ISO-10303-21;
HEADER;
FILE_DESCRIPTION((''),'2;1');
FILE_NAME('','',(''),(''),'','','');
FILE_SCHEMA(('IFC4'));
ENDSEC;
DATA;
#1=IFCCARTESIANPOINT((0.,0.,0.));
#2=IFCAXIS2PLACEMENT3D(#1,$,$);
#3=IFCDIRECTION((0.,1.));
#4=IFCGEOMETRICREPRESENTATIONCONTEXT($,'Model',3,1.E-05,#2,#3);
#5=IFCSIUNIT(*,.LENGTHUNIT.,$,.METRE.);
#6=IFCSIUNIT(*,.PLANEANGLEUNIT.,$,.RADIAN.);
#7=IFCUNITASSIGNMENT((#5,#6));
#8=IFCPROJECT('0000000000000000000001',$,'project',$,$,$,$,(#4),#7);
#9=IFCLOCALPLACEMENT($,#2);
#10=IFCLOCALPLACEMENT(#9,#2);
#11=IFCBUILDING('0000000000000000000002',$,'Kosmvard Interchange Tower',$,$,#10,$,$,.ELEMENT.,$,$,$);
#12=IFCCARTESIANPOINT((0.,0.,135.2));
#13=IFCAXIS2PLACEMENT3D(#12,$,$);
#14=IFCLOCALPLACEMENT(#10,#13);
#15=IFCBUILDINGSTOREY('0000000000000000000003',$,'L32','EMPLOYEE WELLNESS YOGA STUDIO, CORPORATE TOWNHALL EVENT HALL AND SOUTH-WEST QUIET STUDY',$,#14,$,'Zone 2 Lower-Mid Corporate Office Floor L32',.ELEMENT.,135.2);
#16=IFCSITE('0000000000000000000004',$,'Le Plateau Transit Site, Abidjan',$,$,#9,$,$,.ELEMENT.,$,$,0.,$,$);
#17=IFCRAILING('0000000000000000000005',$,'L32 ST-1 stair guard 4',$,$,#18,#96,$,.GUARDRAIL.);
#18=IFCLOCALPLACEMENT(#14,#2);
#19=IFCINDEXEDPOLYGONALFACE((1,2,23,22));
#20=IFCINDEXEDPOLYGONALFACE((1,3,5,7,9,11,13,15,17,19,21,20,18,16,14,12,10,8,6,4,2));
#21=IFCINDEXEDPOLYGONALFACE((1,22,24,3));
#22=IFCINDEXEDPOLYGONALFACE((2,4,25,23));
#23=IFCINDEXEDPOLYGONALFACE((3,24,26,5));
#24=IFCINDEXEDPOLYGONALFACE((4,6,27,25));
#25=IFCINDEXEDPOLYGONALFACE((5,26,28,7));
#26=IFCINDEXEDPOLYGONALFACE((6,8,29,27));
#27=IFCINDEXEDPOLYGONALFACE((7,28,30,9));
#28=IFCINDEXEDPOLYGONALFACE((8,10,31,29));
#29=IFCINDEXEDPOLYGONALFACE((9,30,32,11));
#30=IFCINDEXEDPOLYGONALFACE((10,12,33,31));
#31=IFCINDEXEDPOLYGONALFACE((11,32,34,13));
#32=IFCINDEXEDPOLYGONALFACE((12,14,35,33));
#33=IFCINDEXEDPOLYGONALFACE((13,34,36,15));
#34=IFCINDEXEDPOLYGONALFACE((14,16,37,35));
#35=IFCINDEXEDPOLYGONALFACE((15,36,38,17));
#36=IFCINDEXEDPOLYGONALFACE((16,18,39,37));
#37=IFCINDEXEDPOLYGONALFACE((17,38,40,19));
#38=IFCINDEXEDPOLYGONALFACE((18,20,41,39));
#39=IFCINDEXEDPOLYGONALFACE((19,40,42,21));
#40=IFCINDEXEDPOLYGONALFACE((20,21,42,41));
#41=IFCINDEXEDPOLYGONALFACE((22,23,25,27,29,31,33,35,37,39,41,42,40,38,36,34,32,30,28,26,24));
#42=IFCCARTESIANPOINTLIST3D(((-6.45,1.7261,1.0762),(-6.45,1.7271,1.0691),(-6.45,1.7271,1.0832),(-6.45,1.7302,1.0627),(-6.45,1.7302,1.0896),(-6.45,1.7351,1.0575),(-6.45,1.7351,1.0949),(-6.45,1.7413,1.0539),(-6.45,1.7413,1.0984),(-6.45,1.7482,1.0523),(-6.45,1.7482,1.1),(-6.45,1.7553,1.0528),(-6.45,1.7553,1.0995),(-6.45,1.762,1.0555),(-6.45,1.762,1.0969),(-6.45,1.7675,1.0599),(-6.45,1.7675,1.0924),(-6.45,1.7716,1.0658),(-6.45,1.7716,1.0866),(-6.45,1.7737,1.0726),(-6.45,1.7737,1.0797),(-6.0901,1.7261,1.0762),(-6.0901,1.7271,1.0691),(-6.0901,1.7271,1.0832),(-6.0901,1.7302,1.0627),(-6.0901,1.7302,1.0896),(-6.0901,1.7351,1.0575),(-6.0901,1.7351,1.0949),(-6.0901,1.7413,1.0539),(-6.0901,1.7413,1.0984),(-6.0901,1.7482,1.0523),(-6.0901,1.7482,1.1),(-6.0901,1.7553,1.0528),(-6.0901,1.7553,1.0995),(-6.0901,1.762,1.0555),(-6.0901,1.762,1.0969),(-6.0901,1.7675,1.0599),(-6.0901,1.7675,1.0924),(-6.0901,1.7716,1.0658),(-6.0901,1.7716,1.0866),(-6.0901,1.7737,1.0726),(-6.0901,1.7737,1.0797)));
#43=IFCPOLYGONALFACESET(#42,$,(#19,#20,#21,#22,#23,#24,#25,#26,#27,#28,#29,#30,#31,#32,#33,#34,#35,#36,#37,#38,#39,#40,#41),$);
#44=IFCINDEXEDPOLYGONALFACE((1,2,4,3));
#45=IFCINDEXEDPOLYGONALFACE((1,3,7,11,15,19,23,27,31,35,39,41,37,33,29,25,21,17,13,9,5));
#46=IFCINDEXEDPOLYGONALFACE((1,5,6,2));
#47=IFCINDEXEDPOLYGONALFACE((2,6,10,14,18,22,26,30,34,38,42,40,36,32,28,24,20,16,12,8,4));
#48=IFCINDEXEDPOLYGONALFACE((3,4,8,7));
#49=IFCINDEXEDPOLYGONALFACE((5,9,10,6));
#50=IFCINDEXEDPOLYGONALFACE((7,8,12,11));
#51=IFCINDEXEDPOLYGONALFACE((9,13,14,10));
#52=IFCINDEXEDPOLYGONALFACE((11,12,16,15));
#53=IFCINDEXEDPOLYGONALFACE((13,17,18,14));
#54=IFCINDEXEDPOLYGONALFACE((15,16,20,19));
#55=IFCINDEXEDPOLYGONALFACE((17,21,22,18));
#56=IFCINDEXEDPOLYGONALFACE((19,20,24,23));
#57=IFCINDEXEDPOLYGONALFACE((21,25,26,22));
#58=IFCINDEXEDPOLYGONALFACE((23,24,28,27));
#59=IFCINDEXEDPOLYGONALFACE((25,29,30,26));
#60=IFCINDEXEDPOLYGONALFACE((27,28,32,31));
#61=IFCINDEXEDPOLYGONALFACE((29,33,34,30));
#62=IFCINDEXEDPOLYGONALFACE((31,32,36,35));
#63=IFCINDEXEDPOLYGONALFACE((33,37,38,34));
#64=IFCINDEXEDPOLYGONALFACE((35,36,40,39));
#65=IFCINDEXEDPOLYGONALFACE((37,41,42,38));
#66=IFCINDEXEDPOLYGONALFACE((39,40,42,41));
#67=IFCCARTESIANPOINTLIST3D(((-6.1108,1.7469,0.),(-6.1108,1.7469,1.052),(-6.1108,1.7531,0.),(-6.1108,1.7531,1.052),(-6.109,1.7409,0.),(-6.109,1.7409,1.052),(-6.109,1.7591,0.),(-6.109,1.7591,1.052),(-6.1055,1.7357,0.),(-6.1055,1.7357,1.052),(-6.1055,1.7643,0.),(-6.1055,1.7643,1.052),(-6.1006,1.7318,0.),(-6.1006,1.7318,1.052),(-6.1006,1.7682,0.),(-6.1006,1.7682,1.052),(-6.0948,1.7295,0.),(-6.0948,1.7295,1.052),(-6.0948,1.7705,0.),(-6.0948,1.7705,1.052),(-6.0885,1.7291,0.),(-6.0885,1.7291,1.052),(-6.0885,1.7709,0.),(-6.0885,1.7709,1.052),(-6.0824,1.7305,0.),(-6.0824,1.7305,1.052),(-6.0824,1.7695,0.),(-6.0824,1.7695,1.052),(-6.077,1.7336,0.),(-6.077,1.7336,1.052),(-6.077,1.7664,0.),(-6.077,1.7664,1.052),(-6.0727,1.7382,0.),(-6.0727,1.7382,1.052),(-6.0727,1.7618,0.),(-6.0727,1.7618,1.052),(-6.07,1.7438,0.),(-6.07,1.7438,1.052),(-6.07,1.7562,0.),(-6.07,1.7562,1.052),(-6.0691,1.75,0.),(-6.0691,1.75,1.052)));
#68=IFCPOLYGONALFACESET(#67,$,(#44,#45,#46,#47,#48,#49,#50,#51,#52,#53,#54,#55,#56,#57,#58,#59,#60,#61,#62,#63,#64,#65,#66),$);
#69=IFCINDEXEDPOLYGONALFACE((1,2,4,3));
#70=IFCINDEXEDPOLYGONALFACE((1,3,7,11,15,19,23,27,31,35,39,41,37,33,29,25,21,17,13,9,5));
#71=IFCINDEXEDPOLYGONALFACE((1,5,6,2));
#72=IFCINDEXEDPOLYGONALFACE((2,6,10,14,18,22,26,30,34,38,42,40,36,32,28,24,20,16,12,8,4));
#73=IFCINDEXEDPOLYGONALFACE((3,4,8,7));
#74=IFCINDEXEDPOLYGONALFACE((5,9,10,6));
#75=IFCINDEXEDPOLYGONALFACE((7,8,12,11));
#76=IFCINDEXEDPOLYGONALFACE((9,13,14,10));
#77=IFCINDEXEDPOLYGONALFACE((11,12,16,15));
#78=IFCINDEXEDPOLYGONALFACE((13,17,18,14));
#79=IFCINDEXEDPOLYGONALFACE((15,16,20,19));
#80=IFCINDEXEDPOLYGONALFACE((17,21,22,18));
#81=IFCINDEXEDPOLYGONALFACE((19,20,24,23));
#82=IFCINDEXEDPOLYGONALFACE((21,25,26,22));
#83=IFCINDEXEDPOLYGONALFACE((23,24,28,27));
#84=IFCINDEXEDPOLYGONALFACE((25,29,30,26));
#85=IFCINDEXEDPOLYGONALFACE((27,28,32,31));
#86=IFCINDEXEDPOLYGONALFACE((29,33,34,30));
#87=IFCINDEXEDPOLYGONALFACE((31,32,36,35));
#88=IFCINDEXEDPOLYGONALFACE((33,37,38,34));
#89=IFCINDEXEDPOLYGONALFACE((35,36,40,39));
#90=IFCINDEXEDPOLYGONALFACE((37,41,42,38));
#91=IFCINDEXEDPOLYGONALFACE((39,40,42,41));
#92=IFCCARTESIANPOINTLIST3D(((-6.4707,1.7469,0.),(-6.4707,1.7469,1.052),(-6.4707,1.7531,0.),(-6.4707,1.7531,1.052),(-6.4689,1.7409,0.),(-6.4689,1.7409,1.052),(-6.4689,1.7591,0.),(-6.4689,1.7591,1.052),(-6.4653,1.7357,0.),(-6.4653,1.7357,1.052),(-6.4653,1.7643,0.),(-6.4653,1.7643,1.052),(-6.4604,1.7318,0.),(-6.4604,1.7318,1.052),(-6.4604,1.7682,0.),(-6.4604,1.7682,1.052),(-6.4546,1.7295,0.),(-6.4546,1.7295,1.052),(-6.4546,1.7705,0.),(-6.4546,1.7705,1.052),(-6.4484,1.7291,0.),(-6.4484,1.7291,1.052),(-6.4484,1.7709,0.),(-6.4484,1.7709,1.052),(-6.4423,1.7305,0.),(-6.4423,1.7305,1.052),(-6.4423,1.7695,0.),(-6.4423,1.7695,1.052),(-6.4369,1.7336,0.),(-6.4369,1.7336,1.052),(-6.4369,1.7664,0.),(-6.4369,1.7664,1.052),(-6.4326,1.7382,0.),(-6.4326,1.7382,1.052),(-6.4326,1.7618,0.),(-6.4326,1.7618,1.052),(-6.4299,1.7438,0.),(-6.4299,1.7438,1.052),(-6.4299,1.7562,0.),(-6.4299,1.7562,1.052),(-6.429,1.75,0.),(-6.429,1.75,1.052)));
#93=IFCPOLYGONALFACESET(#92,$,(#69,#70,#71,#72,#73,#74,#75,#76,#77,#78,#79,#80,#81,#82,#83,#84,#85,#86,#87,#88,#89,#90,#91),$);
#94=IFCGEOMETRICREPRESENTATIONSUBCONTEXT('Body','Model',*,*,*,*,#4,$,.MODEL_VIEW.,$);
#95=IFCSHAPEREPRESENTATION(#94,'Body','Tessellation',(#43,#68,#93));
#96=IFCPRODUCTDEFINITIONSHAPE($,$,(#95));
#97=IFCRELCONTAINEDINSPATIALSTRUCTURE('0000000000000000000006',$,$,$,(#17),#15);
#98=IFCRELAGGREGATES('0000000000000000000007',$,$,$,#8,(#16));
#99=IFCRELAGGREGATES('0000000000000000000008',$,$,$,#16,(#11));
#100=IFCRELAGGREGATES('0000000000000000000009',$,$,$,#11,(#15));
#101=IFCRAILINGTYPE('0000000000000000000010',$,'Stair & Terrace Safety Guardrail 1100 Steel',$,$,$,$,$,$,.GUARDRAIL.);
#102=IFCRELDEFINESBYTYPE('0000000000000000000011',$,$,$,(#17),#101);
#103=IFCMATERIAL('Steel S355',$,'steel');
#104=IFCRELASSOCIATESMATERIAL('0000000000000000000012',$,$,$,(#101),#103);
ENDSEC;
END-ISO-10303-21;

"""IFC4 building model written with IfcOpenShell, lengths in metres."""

from ifc_helpers import new_model, si_unit, direction, frame, origin, origin_2d, place, context, subcontext, project, spatial, circle, extrude, source, transform, mapped, material, type_object, element, save


model = new_model("IFC4")

# Units and contexts
model_context = context("Model", 3, precision=1e-05, world=origin(), true_north=direction((0.0, 1.0)))
body_context = subcontext(model_context, "Body", "Model", "MODEL_VIEW")
ifc_project = project(units=[si_unit("LENGTHUNIT", "METRE"), si_unit("PLANEANGLEUNIT", "RADIAN")], contexts=[model_context])

# Site, building, storey
site_placement = place(None, origin())
site = spatial("IfcSite", under=ifc_project, at=site_placement, Name="Le Plateau Transit Site, Abidjan", CompositionType="ELEMENT", RefElevation=0.0)
building_placement = place(site_placement, origin())
building = spatial("IfcBuilding", under=site, at=building_placement, Name="Kosmvard Interchange Tower", CompositionType="ELEMENT")
storey_placement = place(building_placement, frame((0.0, 0.0, 135.2)))
storey = spatial("IfcBuildingStorey", under=building, at=storey_placement, Name="L32", Description="EMPLOYEE WELLNESS YOGA STUDIO, CORPORATE TOWNHALL EVENT HALL AND SOUTH-WEST QUIET STUDY", LongName="Zone 2 Lower-Mid Corporate Office Floor L32", CompositionType="ELEMENT", Elevation=135.2)

# Railing
ifc_material_1 = material(Name="Steel S355", Category="steel")
railing_type = type_object("IfcRailingType", Name="Stair & Terrace Safety Guardrail 1100 Steel", PredefinedType="GUARDRAIL", material=ifc_material_1)
shared_shape_1 = source(origin(), body_context, "Body", "SweptSolid", [
    extrude(circle(Radius=0.0239, at=origin_2d()), frame((0.0, 0.0, 1.0762), z_axis=(-1.0, 0.0, 0.0), x_axis=(0.0, -1.0, 0.0)), (0.0, 0.0, 1.0), 0.3599),
    extrude(circle(Radius=0.021, at=origin_2d()), origin(), (0.0, 0.0, 1.0), 1.052),
    extrude(circle(Radius=0.021, at=origin_2d()), frame((-0.3599, 0.0, 0.0)), (0.0, 0.0, 1.0), 1.052),
])
railing_placement = place(storey_placement, frame((-6.0901, 1.75, 0.0)))
element("IfcRailing", 1, at=railing_placement, inside=storey, type_object=railing_type, Name="L32 ST-1 stair guard 4", PredefinedType="GUARDRAIL", context=body_context, shape_type="MappedRepresentation", body=[
    mapped(shared_shape_1, transform((0.0, 0.0, 0.0), scale=1.0)),
])

save(model, "model.ifc")
